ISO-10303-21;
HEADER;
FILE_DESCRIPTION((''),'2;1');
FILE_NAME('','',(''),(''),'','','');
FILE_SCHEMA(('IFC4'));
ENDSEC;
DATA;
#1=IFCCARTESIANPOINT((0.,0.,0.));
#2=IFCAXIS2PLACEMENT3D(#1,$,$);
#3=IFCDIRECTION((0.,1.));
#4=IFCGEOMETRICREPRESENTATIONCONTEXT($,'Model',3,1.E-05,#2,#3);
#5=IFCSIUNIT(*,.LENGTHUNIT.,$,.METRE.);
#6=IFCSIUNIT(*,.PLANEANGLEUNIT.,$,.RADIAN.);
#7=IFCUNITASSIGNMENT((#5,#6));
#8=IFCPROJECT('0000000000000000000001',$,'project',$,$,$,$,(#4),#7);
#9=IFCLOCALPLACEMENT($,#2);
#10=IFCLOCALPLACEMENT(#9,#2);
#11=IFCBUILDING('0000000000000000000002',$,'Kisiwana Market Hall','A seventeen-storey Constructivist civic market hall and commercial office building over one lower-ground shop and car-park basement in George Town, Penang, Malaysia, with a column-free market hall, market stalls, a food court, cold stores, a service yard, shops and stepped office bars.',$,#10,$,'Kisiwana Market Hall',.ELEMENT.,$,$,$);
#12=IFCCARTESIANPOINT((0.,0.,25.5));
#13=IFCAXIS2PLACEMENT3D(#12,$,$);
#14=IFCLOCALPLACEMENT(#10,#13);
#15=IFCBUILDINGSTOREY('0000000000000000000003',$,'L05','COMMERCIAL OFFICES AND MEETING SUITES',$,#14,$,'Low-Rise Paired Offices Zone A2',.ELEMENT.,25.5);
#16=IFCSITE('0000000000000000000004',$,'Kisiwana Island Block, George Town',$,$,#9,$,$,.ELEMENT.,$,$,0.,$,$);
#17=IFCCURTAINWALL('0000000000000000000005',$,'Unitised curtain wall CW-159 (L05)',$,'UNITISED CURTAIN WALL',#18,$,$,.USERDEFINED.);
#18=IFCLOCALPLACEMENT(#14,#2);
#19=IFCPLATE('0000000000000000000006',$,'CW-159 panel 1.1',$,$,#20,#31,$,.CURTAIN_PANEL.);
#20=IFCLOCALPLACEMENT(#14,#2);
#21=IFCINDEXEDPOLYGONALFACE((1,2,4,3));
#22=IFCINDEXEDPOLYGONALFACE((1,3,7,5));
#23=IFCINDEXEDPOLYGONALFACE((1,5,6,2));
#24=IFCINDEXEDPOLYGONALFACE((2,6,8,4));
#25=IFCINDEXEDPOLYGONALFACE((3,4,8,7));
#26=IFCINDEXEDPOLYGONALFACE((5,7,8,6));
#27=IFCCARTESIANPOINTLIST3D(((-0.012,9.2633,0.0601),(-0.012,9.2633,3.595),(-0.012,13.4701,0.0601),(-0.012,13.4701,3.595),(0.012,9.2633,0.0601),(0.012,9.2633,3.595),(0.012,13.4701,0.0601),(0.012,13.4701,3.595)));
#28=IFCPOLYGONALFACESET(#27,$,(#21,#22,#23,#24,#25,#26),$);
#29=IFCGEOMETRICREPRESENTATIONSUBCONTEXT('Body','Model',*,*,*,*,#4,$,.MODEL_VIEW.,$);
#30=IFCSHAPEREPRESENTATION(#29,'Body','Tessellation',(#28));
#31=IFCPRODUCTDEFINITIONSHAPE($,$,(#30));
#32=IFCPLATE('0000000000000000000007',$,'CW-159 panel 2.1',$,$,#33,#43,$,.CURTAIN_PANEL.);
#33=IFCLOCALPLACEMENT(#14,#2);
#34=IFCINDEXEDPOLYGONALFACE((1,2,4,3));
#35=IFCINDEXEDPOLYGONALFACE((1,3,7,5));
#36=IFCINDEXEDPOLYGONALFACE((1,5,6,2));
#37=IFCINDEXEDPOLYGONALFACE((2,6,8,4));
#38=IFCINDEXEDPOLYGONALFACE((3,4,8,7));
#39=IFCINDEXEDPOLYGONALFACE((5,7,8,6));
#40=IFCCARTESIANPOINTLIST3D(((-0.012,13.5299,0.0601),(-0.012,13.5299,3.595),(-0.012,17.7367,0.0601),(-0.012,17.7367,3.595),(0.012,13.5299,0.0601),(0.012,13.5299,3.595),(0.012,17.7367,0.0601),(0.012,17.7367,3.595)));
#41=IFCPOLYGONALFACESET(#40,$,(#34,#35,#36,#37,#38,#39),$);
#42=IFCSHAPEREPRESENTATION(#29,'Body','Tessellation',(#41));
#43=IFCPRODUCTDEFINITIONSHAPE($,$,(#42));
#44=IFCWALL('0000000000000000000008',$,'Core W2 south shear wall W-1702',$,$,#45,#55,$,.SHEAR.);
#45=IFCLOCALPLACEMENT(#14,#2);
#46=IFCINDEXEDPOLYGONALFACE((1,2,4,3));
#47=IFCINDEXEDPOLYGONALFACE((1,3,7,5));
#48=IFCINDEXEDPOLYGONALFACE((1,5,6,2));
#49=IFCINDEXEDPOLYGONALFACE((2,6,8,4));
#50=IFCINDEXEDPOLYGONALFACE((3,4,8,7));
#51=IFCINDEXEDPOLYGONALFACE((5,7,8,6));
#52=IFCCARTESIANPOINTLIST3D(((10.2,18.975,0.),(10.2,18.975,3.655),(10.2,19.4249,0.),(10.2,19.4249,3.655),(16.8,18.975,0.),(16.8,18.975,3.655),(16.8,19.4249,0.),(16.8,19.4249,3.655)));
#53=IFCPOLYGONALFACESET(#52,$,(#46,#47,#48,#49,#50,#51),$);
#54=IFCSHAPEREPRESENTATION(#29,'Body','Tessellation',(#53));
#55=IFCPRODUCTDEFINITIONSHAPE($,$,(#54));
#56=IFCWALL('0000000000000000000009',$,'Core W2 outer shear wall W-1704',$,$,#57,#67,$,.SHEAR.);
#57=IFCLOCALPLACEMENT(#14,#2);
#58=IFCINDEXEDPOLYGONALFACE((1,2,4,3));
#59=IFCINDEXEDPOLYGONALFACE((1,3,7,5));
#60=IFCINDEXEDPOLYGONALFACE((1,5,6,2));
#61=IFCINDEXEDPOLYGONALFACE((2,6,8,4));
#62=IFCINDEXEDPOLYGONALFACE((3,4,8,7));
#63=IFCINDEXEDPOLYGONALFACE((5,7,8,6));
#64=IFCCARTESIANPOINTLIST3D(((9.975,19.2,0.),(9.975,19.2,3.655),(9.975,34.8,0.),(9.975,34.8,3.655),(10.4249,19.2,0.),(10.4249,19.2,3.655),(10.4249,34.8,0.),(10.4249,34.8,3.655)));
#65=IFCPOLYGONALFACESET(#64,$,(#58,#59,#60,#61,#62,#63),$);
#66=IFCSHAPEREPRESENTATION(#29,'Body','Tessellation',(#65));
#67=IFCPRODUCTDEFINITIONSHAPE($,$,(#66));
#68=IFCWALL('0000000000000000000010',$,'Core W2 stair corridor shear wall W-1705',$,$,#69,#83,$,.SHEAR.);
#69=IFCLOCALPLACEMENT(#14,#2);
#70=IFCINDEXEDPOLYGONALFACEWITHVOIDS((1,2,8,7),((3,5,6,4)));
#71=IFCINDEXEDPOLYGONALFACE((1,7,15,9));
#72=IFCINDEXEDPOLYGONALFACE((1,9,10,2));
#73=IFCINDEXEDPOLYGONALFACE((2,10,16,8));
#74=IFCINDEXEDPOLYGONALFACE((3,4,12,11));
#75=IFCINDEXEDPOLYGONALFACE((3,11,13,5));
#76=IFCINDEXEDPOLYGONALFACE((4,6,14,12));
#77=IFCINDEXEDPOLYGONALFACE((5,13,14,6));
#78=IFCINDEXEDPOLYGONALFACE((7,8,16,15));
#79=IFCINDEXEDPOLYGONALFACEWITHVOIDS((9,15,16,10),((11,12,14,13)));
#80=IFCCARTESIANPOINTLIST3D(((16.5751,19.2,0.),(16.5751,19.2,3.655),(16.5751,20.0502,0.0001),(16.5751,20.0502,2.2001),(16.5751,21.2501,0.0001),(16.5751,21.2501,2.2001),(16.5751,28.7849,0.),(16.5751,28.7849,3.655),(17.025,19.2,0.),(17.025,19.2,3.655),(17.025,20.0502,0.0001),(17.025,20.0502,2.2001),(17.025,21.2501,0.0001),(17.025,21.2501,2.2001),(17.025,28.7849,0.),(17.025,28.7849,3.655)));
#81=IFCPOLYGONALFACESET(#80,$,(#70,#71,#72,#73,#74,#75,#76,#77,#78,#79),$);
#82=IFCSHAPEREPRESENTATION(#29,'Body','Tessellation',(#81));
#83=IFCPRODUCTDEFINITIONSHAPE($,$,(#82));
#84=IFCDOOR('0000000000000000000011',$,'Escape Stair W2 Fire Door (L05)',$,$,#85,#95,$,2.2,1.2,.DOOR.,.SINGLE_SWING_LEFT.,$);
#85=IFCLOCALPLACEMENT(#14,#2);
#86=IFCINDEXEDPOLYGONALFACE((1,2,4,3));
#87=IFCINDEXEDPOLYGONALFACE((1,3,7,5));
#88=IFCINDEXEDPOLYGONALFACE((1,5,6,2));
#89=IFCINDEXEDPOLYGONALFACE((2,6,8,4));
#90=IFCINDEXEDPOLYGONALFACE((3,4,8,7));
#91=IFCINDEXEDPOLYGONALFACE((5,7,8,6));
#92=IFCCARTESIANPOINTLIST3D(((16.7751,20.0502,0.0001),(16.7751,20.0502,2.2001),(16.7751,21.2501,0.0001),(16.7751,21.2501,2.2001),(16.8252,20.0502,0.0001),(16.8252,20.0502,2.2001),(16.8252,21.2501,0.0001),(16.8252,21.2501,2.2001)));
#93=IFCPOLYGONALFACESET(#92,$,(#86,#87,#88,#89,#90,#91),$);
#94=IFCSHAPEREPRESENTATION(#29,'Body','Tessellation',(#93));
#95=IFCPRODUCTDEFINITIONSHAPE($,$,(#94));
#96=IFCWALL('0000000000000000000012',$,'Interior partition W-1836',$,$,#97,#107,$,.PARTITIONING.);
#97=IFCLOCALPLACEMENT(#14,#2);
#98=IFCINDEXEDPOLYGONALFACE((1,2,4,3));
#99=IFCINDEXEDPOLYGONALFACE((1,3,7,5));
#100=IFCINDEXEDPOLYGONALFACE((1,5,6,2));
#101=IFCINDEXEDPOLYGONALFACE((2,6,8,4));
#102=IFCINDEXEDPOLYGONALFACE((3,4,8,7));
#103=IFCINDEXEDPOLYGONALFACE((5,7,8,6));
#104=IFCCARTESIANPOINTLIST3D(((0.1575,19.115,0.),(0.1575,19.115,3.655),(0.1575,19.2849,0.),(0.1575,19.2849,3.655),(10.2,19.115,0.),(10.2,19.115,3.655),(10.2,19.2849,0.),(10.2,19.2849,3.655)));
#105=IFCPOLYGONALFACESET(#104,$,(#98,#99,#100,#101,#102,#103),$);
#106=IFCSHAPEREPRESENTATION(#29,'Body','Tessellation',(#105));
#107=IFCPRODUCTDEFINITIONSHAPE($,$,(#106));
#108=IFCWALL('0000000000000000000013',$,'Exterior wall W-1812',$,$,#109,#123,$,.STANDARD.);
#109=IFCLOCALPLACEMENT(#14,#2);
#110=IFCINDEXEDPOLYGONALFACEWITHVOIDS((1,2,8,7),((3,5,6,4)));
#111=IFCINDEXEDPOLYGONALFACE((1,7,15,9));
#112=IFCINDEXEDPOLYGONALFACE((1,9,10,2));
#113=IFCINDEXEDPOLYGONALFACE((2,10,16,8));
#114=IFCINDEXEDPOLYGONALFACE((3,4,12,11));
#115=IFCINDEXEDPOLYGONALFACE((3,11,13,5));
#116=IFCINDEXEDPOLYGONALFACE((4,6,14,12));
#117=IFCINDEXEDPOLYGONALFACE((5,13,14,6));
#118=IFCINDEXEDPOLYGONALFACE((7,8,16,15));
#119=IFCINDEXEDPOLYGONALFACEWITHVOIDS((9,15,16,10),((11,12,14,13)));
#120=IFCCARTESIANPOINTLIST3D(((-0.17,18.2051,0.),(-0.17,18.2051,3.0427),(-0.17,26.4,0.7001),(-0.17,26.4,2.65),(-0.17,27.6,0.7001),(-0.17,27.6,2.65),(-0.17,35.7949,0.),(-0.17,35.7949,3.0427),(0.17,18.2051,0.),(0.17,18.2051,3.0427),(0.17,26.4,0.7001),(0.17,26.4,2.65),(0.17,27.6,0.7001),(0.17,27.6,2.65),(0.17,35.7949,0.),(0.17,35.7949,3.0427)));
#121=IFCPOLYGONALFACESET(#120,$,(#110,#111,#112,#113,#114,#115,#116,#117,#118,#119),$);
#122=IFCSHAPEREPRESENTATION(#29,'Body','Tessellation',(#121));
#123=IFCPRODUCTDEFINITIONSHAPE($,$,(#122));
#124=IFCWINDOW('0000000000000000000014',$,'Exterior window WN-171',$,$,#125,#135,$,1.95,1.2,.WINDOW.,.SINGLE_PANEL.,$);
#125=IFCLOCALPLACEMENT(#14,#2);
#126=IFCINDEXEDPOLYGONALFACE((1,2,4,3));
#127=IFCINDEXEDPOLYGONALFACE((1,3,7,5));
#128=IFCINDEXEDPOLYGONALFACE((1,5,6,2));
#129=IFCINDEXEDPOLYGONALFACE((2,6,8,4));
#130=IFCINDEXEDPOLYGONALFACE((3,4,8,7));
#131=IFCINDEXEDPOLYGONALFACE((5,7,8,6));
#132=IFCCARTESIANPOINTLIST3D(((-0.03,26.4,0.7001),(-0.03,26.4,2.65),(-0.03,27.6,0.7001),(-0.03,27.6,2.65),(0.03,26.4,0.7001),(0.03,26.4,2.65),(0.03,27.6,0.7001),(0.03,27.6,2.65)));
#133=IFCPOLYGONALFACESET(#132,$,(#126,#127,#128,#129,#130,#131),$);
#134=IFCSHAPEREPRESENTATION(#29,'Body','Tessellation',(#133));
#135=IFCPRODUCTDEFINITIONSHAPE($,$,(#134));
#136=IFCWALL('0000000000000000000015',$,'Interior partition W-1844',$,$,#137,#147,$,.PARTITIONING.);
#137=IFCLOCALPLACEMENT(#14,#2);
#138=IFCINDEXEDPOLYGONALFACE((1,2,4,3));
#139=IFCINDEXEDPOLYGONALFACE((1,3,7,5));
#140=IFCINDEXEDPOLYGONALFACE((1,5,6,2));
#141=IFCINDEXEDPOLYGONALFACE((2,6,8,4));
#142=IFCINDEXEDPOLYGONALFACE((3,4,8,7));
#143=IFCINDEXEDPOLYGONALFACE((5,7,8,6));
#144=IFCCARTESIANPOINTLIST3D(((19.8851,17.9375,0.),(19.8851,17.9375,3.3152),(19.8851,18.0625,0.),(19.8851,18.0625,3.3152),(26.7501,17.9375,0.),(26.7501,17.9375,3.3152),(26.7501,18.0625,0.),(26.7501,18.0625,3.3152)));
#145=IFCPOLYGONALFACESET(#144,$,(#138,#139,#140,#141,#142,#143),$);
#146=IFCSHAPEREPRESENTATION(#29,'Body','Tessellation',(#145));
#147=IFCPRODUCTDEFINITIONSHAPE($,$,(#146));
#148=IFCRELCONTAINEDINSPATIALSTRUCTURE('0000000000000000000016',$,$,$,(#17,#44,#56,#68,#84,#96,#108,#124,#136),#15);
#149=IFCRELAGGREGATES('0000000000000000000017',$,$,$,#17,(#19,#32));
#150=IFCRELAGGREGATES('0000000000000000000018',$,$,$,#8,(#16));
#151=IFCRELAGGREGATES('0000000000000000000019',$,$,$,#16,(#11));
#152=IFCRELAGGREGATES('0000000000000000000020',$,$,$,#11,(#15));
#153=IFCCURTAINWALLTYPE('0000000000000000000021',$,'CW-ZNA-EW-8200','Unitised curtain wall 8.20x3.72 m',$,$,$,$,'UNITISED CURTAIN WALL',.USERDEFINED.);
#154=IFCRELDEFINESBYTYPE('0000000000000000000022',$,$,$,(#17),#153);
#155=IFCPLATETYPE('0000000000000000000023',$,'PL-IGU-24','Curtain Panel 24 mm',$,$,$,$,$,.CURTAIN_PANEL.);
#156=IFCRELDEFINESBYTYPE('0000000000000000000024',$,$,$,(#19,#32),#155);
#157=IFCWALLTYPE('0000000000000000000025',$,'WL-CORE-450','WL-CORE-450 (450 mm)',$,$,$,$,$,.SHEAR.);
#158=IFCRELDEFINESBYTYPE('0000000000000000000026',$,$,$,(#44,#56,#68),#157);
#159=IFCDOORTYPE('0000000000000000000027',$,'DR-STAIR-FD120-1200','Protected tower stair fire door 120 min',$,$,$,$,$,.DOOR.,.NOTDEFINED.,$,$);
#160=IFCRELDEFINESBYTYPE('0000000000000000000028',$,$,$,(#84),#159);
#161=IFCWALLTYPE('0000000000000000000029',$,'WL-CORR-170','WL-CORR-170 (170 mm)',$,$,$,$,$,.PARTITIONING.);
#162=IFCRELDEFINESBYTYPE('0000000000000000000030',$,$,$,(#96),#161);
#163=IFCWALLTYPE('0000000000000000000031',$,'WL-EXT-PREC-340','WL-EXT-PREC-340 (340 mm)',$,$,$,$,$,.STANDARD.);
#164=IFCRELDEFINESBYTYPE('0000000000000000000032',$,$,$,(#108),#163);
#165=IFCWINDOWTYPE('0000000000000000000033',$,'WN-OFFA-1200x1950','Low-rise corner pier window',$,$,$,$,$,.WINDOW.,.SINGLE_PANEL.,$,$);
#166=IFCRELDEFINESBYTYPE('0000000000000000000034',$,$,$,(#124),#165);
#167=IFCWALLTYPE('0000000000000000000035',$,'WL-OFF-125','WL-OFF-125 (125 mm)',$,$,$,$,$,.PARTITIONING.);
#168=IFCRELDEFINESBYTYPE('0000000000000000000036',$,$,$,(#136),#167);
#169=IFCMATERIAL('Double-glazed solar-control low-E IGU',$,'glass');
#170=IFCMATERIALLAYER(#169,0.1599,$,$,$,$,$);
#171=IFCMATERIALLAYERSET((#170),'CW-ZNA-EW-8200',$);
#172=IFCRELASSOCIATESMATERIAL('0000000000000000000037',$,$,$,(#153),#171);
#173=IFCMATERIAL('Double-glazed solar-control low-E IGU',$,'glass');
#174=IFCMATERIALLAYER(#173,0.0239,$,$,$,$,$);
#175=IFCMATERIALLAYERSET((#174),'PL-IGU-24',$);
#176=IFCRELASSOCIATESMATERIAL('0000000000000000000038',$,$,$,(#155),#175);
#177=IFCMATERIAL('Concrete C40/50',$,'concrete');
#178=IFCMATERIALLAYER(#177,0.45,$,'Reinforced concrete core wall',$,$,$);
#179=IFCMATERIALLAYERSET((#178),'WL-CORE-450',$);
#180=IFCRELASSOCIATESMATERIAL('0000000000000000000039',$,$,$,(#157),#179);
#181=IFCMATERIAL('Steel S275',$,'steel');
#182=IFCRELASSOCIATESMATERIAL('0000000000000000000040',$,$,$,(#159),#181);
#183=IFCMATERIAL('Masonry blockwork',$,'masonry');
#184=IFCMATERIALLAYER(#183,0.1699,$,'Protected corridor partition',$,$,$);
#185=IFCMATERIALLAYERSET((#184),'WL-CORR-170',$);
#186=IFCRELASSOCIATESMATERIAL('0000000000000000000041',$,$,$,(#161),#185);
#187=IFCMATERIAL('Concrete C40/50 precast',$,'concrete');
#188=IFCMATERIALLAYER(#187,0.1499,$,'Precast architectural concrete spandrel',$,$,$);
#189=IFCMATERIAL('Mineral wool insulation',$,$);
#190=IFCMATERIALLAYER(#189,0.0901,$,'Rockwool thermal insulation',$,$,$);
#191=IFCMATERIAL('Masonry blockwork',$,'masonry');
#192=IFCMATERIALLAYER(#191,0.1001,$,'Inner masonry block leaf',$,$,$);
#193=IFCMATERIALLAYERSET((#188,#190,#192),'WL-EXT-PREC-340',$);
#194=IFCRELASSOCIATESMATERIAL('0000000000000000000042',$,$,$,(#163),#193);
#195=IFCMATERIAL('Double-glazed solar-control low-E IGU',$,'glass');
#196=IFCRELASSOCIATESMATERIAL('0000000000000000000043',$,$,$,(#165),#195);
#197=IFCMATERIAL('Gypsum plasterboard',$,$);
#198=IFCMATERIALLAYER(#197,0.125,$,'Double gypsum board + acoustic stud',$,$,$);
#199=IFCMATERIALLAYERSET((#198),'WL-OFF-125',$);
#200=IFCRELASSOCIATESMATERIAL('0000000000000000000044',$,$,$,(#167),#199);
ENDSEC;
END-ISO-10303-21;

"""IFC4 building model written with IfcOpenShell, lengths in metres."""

from ifc_helpers import new_model, si_unit, direction, frame, frame_2d, origin, origin_2d, place, context, subcontext, project, spatial, rectangle, extrude, material, layer, layer_set, type_object, element, fill, aggregate, save


model = new_model("IFC4")

# Units and contexts
model_context = context("Model", 3, precision=1e-05, world=origin(), true_north=direction((0.0, 1.0)))
body_context = subcontext(model_context, "Body", "Model", "MODEL_VIEW")
ifc_project = project(units=[si_unit("LENGTHUNIT", "METRE"), si_unit("PLANEANGLEUNIT", "RADIAN")], contexts=[model_context])

# Site, building, storey
site_placement = place(None, origin())
site = spatial("IfcSite", under=ifc_project, at=site_placement, Name="Kisiwana Island Block, George Town", CompositionType="ELEMENT", RefElevation=0.0)
building_placement = place(site_placement, origin())
building = spatial("IfcBuilding", under=site, at=building_placement, Name="Kisiwana Market Hall", Description="A seventeen-storey Constructivist civic market hall and commercial office building over one lower-ground shop and car-park basement in George Town, Penang, Malaysia, with a column-free market hall, market stalls, a food court, cold stores, a service yard, shops and stepped office bars.", LongName="Kisiwana Market Hall", CompositionType="ELEMENT")
storey_placement = place(building_placement, frame((0.0, 0.0, 25.5)))
storey = spatial("IfcBuildingStorey", under=building, at=storey_placement, Name="L05", Description="COMMERCIAL OFFICES AND MEETING SUITES", LongName="Low-Rise Paired Offices Zone A2", CompositionType="ELEMENT", Elevation=25.5)

# Curtain wall, plates
ifc_material_1 = material(Name="Double-glazed solar-control low-E IGU", Category="glass")
ifc_layer_1 = layer(ifc_material_1, 0.1599)
ifc_layer_set_1 = layer_set([ifc_layer_1], Name="CW-ZNA-EW-8200")
curtain_wall_type = type_object("IfcCurtainWallType", Name="CW-ZNA-EW-8200", Description="Unitised curtain wall 8.20x3.72 m", ElementType="UNITISED CURTAIN WALL", PredefinedType="USERDEFINED", material=ifc_layer_set_1)
curtain_wall_placement = place(storey_placement, origin())
curtain_wall = element("IfcCurtainWall", 1, at=curtain_wall_placement, inside=storey, type_object=curtain_wall_type, Name="Unitised curtain wall CW-159 (L05)", ObjectType="UNITISED CURTAIN WALL", PredefinedType="USERDEFINED")
ifc_material_2 = material(Name="Double-glazed solar-control low-E IGU", Category="glass")
ifc_layer_2 = layer(ifc_material_2, 0.0239)
ifc_layer_set_2 = layer_set([ifc_layer_2], Name="PL-IGU-24")
plate_type = type_object("IfcPlateType", Name="PL-IGU-24", Description="Curtain Panel 24 mm", PredefinedType="CURTAIN_PANEL", material=ifc_layer_set_2)
plate_1_placement = place(storey_placement, frame((0.0, 11.3667, 0.0601), z_axis=(0.0, 0.0, 1.0), x_axis=(0.0, 1.0, 0.0)))
plate_1 = element("IfcPlate", 2, at=plate_1_placement, type_object=plate_type, Name="CW-159 panel 1.1", PredefinedType="CURTAIN_PANEL", context=body_context, shape_type="SweptSolid", body=[
    extrude(rectangle(XDim=4.2068, YDim=0.0239, at=origin_2d()), origin(), (0.0, 0.0, 1.0), 3.5349),
])
plate_2_placement = place(storey_placement, frame((0.0, 15.6333, 0.0601), z_axis=(0.0, 0.0, 1.0), x_axis=(0.0, 1.0, 0.0)))
plate_2 = element("IfcPlate", 3, at=plate_2_placement, type_object=plate_type, Name="CW-159 panel 2.1", PredefinedType="CURTAIN_PANEL", context=body_context, shape_type="SweptSolid", body=[
    extrude(rectangle(XDim=4.2068, YDim=0.0239, at=origin_2d()), origin(), (0.0, 0.0, 1.0), 3.5349),
])
aggregate(curtain_wall, [plate_1, plate_2])

# Walls
ifc_material_3 = material(Name="Concrete C40/50", Category="concrete")
ifc_layer_3 = layer(ifc_material_3, 0.45, Name="Reinforced concrete core wall")
ifc_layer_set_3 = layer_set([ifc_layer_3], Name="WL-CORE-450")
wall_type_1 = type_object("IfcWallType", Name="WL-CORE-450", Description="WL-CORE-450 (450 mm)", PredefinedType="SHEAR", material=ifc_layer_set_3)
wall_1_placement = place(storey_placement, frame((10.2, 19.2, 0.0), z_axis=(0.0, 0.0, 1.0), x_axis=(1.0, 0.0, 0.0)))
element("IfcWall", 4, at=wall_1_placement, inside=storey, type_object=wall_type_1, Name="Core W2 south shear wall W-1702", PredefinedType="SHEAR", context=body_context, shape_type="SweptSolid", body=[
    extrude(rectangle(XDim=6.6001, YDim=0.45, at=frame_2d((3.3, 0.0))), origin(), (0.0, 0.0, 1.0), 3.655),
])
wall_2_placement = place(storey_placement, frame((10.2, 19.2, 0.0), z_axis=(0.0, 0.0, 1.0), x_axis=(0.0, 1.0, 0.0)))
element("IfcWall", 5, at=wall_2_placement, inside=storey, type_object=wall_type_1, Name="Core W2 outer shear wall W-1704", PredefinedType="SHEAR", context=body_context, shape_type="SweptSolid", body=[
    extrude(rectangle(XDim=15.6001, YDim=0.45, at=frame_2d((7.8, 0.0))), origin(), (0.0, 0.0, 1.0), 3.655),
])

# Wall, opening, door
wall_3_placement = place(storey_placement, frame((16.8, 19.2, 0.0), z_axis=(0.0, 0.0, 1.0), x_axis=(0.0, 1.0, 0.0)))
wall_3 = element("IfcWall", 6, at=wall_3_placement, inside=storey, type_object=wall_type_1, Name="Core W2 stair corridor shear wall W-1705", PredefinedType="SHEAR", context=body_context, shape_type="SweptSolid", body=[
    extrude(rectangle(XDim=9.585, YDim=0.45, at=frame_2d((4.7925, 0.0))), origin(), (0.0, 0.0, 1.0), 3.655),
])
opening_1_placement = place(wall_3_placement, frame((0.8501, 0.0, 0.0)))
opening_1 = element("IfcOpeningElement", 7, at=opening_1_placement, cuts=wall_3, PredefinedType="OPENING", context=body_context, shape_type="SweptSolid", body=[
    extrude(rectangle(XDim=1.2, YDim=2.2, at=frame_2d((0.6001, 1.1001))), frame((0.0, 0.2368, 0.0), z_axis=(0.0, -1.0, 0.0), x_axis=(1.0, 0.0, 0.0)), (0.0, 0.0, 1.0), 0.4739),
])
ifc_material_4 = material(Name="Steel S275", Category="steel")
door_type_1 = type_object("IfcDoorType", Name="DR-STAIR-FD120-1200", Description="Protected tower stair fire door 120 min", OperationType="NOTDEFINED", PredefinedType="DOOR", material=ifc_material_4)
door_1_placement = place(opening_1_placement, origin())
door_1 = element("IfcDoor", 8, at=door_1_placement, inside=storey, type_object=door_type_1, Name="Escape Stair W2 Fire Door (L05)", OperationType="SINGLE_SWING_LEFT", OverallHeight=2.2, OverallWidth=1.2, PredefinedType="DOOR", context=body_context, shape_type="SweptSolid", body=[
    extrude(rectangle(XDim=1.2, YDim=2.2, at=frame_2d((0.6001, 1.1001))), frame((0.0, 0.0249, 0.0), z_axis=(0.0, -1.0, 0.0), x_axis=(1.0, 0.0, 0.0)), (0.0, 0.0, 1.0), 0.05),
])
fill(opening_1, door_1)

# Wall
ifc_material_5 = material(Name="Masonry blockwork", Category="masonry")
ifc_layer_4 = layer(ifc_material_5, 0.1699, Name="Protected corridor partition")
ifc_layer_set_4 = layer_set([ifc_layer_4], Name="WL-CORR-170")
wall_type_2 = type_object("IfcWallType", Name="WL-CORR-170", Description="WL-CORR-170 (170 mm)", PredefinedType="PARTITIONING", material=ifc_layer_set_4)
wall_4_placement = place(storey_placement, frame((0.1575, 19.2, 0.0), z_axis=(0.0, 0.0, 1.0), x_axis=(1.0, 0.0, 0.0)))
element("IfcWall", 9, at=wall_4_placement, inside=storey, type_object=wall_type_2, Name="Interior partition W-1836", PredefinedType="PARTITIONING", context=body_context, shape_type="SweptSolid", body=[
    extrude(rectangle(XDim=10.0425, YDim=0.1699, at=frame_2d((5.0212, 0.0))), origin(), (0.0, 0.0, 1.0), 3.655),
])

# Wall, opening, window
ifc_material_6 = material(Name="Concrete C40/50 precast", Category="concrete")
ifc_layer_5 = layer(ifc_material_6, 0.1499, Name="Precast architectural concrete spandrel")
ifc_material_7 = material(Name="Mineral wool insulation")
ifc_layer_6 = layer(ifc_material_7, 0.0901, Name="Rockwool thermal insulation")
ifc_material_8 = material(Name="Masonry blockwork", Category="masonry")
ifc_layer_7 = layer(ifc_material_8, 0.1001, Name="Inner masonry block leaf")
ifc_layer_set_5 = layer_set([ifc_layer_5, ifc_layer_6, ifc_layer_7], Name="WL-EXT-PREC-340")
wall_type_3 = type_object("IfcWallType", Name="WL-EXT-PREC-340", Description="WL-EXT-PREC-340 (340 mm)", PredefinedType="STANDARD", material=ifc_layer_set_5)
wall_5_placement = place(storey_placement, frame((0.0, 18.2051, 0.0), z_axis=(0.0, 0.0, 1.0), x_axis=(0.0, 1.0, 0.0)))
wall_5 = element("IfcWall", 10, at=wall_5_placement, inside=storey, type_object=wall_type_3, Name="Exterior wall W-1812", PredefinedType="STANDARD", context=body_context, shape_type="SweptSolid", body=[
    extrude(rectangle(XDim=17.5898, YDim=0.3401, at=frame_2d((8.7949, 0.0))), origin(), (0.0, 0.0, 1.0), 3.0427),
])
opening_2_placement = place(wall_5_placement, frame((8.1948, 0.0, 0.7)))
opening_2 = element("IfcOpeningElement", 11, at=opening_2_placement, cuts=wall_5, PredefinedType="OPENING", context=body_context, shape_type="SweptSolid", body=[
    extrude(rectangle(XDim=1.2, YDim=1.95, at=frame_2d((0.6001, 0.9751))), frame((0.0, 0.1821, 0.0), z_axis=(0.0, -1.0, 0.0), x_axis=(1.0, 0.0, 0.0)), (0.0, 0.0, 1.0), 0.364),
])
ifc_material_9 = material(Name="Double-glazed solar-control low-E IGU", Category="glass")
window_type = type_object("IfcWindowType", Name="WN-OFFA-1200x1950", Description="Low-rise corner pier window", PartitioningType="SINGLE_PANEL", PredefinedType="WINDOW", material=ifc_material_9)
window_placement = place(opening_2_placement, origin())
window = element("IfcWindow", 12, at=window_placement, inside=storey, type_object=window_type, Name="Exterior window WN-171", OverallHeight=1.95, OverallWidth=1.2, PartitioningType="SINGLE_PANEL", PredefinedType="WINDOW", context=body_context, shape_type="SweptSolid", body=[
    extrude(rectangle(XDim=1.2, YDim=1.95, at=frame_2d((0.6001, 0.9751))), frame((0.0, 0.03, 0.0), z_axis=(0.0, -1.0, 0.0), x_axis=(1.0, 0.0, 0.0)), (0.0, 0.0, 1.0), 0.0601),
])
fill(opening_2, window)

# Wall
ifc_material_10 = material(Name="Gypsum plasterboard")
ifc_layer_8 = layer(ifc_material_10, 0.125, Name="Double gypsum board + acoustic stud")
ifc_layer_set_6 = layer_set([ifc_layer_8], Name="WL-OFF-125")
wall_type_4 = type_object("IfcWallType", Name="WL-OFF-125", Description="WL-OFF-125 (125 mm)", PredefinedType="PARTITIONING", material=ifc_layer_set_6)
wall_6_placement = place(storey_placement, frame((19.885, 18.0, 0.0), z_axis=(0.0, 0.0, 1.0), x_axis=(1.0, 0.0, 0.0)))
element("IfcWall", 13, at=wall_6_placement, inside=storey, type_object=wall_type_4, Name="Interior partition W-1844", PredefinedType="PARTITIONING", context=body_context, shape_type="SweptSolid", body=[
    extrude(rectangle(XDim=6.865, YDim=0.125, at=frame_2d((3.4326, 0.0))), origin(), (0.0, 0.0, 1.0), 3.3152),
])

save(model, "model.ifc")
